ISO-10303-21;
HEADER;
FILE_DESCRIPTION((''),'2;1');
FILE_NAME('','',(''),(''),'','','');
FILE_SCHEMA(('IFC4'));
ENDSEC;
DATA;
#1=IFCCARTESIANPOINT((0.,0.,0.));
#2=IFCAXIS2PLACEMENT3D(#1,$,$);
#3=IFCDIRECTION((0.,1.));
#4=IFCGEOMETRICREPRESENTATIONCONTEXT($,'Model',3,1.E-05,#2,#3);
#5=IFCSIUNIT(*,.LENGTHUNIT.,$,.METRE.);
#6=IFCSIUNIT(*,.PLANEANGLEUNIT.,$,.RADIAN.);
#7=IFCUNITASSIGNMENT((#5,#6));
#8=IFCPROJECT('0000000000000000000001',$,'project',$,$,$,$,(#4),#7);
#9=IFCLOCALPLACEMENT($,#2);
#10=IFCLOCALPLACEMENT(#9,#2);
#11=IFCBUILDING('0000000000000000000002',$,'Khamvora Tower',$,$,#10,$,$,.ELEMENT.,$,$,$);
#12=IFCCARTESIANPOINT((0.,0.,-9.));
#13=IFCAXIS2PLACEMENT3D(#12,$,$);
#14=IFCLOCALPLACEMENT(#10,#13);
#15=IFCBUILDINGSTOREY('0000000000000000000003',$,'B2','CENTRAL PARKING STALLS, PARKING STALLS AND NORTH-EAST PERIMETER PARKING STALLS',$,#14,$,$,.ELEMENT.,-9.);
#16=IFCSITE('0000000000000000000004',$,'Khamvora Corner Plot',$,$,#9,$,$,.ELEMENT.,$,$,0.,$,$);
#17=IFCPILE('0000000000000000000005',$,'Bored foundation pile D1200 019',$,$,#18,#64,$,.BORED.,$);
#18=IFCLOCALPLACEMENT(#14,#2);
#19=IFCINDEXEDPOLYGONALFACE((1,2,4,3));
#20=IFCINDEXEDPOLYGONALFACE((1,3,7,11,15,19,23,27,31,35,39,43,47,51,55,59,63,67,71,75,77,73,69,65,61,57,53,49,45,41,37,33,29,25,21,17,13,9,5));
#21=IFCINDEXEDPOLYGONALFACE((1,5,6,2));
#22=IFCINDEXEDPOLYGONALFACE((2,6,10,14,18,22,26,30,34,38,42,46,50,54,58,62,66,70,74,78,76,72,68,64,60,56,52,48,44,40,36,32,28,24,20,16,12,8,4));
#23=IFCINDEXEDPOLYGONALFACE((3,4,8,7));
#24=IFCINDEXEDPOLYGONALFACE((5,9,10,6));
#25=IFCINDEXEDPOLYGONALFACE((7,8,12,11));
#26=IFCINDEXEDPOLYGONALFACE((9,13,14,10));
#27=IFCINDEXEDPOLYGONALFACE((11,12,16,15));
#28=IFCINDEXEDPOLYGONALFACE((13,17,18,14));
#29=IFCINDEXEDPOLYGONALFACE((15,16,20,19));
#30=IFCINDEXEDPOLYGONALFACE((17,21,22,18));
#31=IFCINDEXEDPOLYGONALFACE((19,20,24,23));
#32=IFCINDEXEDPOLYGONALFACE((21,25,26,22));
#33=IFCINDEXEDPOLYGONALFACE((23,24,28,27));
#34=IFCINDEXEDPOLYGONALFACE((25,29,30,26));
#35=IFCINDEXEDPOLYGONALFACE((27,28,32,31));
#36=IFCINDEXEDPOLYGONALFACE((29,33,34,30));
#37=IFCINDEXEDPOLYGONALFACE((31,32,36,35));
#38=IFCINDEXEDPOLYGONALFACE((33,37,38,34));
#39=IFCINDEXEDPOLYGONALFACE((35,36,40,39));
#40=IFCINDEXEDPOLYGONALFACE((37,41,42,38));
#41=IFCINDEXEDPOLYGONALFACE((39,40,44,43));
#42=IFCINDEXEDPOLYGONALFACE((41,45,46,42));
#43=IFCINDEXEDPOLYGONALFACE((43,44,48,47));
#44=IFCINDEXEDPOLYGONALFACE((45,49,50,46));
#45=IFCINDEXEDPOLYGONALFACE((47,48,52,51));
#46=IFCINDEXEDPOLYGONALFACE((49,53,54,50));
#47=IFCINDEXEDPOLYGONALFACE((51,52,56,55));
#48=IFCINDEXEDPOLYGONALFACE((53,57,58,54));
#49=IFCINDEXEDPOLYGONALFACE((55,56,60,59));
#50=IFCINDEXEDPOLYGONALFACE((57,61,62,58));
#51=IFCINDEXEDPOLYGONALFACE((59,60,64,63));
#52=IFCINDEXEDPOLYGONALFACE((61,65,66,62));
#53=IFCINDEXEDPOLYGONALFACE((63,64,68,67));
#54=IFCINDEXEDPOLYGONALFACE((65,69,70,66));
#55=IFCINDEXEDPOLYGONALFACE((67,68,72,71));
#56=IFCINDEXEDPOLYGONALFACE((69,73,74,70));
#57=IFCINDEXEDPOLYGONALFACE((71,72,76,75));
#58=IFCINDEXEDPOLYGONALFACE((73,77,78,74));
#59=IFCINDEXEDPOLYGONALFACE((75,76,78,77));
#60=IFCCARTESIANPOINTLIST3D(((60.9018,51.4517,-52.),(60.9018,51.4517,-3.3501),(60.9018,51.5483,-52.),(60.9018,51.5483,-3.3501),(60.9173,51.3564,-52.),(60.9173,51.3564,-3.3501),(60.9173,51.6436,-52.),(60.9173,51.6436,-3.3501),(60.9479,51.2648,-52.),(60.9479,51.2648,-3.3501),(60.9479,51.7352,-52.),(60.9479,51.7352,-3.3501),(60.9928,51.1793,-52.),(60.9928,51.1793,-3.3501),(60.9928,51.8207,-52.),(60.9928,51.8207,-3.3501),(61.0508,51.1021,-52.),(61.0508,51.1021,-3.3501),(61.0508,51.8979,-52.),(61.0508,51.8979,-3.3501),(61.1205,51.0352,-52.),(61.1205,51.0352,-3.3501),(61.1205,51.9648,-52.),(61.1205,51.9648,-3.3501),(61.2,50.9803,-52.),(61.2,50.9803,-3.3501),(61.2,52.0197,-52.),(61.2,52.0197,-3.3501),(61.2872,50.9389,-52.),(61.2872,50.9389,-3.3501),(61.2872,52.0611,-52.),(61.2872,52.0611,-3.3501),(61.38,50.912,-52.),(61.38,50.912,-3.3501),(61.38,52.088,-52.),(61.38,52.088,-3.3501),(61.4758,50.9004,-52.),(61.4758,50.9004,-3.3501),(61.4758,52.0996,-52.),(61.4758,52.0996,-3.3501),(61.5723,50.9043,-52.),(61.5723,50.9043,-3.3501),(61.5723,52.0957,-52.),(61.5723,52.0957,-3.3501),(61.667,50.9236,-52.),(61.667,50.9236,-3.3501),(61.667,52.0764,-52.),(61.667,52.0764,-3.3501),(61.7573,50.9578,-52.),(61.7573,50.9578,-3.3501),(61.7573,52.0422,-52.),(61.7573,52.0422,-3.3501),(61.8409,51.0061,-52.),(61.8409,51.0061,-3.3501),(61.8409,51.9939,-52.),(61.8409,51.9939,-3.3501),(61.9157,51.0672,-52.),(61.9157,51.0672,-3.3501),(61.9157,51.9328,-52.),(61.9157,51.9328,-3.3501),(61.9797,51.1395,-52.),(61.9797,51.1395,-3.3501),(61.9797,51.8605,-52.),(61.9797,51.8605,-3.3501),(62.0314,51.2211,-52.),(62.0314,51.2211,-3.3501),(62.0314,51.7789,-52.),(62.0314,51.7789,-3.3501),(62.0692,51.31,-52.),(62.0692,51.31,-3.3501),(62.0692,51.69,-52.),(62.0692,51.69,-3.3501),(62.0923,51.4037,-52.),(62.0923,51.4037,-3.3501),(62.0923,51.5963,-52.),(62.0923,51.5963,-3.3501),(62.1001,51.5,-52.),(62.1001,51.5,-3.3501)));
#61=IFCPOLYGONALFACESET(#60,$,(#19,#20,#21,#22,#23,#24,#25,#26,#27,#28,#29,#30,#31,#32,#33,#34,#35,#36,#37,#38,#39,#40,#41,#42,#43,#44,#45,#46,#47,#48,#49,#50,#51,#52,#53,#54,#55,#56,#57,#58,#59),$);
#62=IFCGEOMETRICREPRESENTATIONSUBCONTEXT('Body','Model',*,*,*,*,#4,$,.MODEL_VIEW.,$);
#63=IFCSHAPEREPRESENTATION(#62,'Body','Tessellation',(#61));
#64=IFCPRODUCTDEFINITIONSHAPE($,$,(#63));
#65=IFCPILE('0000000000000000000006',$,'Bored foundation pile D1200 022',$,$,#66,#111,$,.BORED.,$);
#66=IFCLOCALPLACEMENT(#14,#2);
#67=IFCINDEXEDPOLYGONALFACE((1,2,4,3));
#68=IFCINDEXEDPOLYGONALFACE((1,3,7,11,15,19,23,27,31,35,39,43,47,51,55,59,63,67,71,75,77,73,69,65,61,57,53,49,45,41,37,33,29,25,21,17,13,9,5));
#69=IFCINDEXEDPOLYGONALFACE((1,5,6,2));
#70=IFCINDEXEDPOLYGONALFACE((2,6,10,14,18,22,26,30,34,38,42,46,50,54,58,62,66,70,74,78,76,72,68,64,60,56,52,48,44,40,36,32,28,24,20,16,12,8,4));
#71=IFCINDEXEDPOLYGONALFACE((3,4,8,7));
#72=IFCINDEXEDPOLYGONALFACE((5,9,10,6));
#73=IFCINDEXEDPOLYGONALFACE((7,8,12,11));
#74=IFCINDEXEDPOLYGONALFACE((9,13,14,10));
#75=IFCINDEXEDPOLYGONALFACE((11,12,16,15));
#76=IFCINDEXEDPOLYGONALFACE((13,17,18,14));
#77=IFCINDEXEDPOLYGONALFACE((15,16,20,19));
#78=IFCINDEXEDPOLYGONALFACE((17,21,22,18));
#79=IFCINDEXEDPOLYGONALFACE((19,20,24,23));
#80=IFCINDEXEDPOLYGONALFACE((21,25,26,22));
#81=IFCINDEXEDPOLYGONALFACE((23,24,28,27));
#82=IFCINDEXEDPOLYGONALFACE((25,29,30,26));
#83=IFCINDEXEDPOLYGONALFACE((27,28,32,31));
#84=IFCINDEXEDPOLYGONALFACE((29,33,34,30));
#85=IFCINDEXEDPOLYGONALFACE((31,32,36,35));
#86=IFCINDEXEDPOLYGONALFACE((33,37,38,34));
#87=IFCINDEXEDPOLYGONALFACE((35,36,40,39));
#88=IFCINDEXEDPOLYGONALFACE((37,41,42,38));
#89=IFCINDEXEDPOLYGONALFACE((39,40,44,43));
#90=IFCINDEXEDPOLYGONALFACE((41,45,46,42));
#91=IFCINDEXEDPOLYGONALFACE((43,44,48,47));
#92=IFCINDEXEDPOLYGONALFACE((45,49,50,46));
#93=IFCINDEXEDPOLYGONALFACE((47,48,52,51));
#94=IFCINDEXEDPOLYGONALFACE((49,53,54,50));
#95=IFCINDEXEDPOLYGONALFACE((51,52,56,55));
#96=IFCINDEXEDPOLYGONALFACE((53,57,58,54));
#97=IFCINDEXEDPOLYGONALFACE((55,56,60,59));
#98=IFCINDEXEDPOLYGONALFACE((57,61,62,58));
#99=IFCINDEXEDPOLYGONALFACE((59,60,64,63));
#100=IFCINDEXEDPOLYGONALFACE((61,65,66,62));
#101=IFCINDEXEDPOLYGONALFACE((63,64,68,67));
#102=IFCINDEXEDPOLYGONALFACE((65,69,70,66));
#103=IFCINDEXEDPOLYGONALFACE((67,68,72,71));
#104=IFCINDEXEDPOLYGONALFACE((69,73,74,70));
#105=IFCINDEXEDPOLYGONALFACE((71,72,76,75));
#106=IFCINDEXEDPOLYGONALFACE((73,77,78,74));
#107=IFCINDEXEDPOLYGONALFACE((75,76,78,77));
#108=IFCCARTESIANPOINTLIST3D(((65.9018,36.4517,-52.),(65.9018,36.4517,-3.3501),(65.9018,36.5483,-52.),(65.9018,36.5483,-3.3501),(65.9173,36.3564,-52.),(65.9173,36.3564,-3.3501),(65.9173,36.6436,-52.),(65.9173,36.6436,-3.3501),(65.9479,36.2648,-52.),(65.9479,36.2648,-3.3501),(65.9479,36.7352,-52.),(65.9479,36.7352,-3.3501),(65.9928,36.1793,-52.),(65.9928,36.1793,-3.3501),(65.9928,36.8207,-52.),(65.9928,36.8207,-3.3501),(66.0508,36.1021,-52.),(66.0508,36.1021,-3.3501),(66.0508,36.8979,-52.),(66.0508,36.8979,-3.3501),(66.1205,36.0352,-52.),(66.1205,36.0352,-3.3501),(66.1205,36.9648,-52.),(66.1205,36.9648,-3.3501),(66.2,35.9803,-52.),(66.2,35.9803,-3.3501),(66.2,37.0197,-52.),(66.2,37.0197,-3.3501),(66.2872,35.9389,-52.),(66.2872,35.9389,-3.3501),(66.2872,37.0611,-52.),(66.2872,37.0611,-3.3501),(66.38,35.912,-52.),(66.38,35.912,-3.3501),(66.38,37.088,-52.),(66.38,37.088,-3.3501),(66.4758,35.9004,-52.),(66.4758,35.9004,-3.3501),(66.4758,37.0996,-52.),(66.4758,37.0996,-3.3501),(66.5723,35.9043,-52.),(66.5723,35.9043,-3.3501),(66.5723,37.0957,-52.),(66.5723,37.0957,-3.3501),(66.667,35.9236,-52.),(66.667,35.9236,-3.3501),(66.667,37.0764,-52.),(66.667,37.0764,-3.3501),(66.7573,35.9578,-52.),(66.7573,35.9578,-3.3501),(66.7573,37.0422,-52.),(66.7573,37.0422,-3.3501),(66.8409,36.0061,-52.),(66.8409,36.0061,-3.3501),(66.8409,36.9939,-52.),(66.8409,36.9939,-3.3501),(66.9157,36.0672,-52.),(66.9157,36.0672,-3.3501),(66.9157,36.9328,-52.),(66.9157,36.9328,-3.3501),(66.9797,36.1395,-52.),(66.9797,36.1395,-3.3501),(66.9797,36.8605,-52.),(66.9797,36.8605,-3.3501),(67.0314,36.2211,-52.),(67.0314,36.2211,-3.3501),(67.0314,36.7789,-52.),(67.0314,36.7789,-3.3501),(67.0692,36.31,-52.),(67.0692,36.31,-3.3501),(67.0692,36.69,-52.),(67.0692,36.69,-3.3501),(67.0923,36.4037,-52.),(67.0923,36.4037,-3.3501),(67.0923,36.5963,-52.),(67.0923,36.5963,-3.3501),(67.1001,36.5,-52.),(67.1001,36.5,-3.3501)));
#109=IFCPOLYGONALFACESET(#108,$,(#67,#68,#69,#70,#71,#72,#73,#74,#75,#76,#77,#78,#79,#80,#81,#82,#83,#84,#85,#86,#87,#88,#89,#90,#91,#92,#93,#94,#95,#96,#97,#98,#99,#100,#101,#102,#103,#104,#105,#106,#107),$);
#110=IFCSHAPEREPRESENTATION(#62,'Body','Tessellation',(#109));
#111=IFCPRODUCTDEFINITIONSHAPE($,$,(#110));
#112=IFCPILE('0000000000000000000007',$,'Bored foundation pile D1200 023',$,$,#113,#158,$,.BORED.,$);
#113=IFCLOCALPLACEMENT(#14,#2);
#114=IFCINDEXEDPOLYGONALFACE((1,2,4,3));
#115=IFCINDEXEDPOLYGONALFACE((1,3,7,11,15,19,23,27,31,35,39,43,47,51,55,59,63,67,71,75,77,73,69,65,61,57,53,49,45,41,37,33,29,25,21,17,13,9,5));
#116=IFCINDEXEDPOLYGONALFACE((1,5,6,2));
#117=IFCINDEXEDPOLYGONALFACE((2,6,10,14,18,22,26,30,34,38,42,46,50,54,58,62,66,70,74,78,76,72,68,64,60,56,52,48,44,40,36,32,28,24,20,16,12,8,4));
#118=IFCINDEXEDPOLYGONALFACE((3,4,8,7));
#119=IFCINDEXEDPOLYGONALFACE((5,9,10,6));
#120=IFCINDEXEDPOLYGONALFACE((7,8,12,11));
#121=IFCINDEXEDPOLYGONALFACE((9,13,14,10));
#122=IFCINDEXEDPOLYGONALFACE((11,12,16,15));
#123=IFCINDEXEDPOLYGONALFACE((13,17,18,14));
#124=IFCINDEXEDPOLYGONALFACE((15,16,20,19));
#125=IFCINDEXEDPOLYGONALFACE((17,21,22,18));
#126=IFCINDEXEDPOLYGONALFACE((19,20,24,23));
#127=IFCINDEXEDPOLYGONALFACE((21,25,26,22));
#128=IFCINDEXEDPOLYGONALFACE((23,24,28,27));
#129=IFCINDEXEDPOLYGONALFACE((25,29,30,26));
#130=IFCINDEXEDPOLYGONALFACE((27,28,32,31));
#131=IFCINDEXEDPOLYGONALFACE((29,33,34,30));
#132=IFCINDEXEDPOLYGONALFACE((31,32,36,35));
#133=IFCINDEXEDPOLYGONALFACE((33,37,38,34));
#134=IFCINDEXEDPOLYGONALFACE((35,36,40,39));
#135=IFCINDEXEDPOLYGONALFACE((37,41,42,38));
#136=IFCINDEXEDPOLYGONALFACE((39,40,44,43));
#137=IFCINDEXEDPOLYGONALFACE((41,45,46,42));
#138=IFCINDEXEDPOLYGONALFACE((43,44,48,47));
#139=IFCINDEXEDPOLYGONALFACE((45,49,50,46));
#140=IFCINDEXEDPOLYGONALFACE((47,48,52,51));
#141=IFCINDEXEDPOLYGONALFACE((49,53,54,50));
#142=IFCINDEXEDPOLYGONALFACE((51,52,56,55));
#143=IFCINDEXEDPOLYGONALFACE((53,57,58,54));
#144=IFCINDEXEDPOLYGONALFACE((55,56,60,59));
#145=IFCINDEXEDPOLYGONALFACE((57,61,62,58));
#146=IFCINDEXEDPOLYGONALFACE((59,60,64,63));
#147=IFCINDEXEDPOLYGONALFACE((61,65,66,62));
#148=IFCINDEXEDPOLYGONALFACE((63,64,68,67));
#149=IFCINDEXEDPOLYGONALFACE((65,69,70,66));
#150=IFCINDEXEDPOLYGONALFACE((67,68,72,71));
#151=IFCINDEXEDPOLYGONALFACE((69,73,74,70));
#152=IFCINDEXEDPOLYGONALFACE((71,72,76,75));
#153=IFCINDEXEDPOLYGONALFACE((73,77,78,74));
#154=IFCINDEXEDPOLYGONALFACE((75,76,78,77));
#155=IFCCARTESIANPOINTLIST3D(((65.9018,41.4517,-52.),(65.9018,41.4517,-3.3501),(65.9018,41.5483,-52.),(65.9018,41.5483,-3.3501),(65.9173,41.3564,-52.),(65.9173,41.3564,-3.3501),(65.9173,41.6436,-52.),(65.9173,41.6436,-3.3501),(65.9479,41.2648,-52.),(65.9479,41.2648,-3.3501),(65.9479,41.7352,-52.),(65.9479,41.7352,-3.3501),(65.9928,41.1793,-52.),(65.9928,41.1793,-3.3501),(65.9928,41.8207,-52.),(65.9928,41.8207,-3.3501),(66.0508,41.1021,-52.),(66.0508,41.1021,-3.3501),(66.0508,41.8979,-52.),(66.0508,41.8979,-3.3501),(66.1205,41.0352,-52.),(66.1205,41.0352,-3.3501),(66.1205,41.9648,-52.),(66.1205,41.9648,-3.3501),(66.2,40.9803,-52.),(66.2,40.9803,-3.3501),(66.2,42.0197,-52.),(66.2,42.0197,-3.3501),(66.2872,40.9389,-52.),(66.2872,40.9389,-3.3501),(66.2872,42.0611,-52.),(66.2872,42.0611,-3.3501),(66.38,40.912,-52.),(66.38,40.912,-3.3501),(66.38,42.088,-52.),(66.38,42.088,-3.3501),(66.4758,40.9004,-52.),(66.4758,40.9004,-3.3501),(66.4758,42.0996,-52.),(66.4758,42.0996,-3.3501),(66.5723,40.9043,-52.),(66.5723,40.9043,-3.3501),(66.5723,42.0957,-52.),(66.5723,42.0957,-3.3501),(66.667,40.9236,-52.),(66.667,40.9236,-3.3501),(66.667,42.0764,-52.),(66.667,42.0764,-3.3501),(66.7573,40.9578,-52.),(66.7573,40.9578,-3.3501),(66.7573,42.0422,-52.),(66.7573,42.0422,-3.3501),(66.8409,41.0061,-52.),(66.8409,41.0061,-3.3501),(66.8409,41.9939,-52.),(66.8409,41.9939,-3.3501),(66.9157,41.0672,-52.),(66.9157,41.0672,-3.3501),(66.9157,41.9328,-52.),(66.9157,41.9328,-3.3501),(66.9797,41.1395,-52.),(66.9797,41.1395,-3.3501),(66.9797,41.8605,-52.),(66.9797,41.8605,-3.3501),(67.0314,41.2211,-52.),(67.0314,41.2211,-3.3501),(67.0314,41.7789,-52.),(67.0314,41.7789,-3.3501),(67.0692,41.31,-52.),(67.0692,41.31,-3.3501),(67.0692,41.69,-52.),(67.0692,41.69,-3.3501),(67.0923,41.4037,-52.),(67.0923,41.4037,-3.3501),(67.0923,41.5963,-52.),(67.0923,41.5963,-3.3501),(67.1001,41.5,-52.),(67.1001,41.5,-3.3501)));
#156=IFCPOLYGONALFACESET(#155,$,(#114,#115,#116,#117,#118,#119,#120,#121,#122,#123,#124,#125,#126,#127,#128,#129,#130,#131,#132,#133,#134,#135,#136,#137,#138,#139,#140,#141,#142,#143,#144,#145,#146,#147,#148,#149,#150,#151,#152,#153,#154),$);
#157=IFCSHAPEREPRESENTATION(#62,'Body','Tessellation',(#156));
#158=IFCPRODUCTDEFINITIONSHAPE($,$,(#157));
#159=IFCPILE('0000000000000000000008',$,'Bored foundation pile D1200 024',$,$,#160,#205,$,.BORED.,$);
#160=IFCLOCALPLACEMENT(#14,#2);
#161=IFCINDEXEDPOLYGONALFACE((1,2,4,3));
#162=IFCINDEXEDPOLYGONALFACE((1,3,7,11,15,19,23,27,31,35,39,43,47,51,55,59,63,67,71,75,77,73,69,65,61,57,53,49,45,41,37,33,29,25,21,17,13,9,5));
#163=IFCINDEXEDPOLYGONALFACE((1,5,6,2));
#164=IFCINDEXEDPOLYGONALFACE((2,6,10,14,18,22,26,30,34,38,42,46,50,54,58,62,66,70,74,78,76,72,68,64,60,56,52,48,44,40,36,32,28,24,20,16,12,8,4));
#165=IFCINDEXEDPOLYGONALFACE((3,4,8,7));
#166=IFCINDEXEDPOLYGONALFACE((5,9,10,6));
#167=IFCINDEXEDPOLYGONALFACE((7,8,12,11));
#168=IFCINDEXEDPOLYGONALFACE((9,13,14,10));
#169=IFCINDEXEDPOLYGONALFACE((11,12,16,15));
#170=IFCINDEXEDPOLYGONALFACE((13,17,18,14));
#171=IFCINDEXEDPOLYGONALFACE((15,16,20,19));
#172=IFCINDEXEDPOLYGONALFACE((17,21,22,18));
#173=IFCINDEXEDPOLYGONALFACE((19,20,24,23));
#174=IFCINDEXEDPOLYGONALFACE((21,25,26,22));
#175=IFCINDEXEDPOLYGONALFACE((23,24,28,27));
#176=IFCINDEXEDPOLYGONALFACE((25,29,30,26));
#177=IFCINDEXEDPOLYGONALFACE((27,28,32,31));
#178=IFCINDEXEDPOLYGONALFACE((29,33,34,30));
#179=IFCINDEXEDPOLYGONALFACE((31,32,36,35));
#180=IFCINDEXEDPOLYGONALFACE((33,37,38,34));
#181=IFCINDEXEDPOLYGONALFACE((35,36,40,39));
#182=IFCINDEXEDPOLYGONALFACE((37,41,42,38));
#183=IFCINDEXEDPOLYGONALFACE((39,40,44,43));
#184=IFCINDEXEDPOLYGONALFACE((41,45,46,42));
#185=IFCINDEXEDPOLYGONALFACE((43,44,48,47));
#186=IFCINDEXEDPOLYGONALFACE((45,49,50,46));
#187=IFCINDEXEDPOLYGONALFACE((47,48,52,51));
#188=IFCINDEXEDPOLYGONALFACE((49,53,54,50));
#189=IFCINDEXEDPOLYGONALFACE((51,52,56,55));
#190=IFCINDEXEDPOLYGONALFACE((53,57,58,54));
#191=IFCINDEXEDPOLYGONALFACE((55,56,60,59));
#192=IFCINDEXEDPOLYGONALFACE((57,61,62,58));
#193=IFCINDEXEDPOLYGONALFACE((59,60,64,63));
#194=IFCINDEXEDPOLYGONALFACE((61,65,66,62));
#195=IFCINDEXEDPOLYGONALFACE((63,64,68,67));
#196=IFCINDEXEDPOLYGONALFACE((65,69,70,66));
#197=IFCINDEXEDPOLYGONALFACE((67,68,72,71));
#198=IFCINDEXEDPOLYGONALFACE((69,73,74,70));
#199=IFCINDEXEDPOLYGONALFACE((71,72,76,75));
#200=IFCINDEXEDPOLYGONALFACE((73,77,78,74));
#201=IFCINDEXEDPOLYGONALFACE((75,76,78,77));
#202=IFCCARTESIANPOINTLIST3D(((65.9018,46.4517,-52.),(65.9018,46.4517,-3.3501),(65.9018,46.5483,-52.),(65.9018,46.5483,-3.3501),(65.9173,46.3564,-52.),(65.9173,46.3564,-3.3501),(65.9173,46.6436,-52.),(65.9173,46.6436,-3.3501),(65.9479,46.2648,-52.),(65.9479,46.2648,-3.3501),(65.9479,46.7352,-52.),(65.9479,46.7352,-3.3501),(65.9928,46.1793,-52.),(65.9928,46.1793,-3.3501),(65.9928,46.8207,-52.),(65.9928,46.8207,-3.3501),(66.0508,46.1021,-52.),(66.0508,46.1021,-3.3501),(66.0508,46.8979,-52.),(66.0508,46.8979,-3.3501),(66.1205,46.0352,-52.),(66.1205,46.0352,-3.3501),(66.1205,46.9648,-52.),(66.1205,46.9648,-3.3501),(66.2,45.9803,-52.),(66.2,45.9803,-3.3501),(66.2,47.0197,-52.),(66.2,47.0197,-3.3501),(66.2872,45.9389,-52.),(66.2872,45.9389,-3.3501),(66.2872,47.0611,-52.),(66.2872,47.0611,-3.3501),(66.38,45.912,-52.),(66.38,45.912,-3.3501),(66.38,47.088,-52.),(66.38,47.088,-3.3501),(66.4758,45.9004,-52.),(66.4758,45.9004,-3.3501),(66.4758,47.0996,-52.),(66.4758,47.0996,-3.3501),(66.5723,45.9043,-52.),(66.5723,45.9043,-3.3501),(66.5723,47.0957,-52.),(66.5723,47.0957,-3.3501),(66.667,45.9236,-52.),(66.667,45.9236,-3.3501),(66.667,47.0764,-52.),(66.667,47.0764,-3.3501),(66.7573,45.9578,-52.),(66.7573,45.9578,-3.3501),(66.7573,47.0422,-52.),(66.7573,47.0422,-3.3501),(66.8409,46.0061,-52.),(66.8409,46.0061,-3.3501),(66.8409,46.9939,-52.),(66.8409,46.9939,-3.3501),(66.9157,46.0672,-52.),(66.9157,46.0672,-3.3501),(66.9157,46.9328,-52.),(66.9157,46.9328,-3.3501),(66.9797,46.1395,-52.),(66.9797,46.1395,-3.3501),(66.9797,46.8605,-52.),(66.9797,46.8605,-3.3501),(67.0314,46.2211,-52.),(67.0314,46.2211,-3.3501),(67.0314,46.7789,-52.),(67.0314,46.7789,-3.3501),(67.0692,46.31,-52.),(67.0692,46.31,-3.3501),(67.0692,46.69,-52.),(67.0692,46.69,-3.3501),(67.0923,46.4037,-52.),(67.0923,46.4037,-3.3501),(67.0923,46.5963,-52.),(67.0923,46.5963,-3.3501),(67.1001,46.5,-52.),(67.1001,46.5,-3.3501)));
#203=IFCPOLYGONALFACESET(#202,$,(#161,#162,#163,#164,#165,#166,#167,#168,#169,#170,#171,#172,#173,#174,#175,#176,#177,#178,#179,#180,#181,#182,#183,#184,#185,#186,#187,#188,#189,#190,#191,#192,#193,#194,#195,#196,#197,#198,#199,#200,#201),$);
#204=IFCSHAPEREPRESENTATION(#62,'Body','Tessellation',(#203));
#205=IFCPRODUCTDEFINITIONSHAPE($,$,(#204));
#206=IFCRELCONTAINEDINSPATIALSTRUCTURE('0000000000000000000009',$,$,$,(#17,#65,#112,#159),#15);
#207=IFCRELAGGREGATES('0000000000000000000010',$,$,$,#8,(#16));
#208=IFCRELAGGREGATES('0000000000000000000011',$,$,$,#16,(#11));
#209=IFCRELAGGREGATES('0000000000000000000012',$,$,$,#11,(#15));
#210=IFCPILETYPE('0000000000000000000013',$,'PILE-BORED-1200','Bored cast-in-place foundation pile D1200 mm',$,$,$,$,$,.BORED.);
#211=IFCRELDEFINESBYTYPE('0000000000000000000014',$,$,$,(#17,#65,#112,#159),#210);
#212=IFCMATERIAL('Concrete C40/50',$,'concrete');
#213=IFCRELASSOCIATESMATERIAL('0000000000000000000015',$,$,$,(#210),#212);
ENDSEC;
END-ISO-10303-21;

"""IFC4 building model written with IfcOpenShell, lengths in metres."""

from ifc_helpers import new_model, si_unit, direction, frame, origin, origin_2d, place, context, subcontext, project, spatial, circle, extrude, material, material_profile, profile_set, type_object, element, save


model = new_model("IFC4")

# Units and contexts
model_context = context("Model", 3, precision=1e-05, world=origin(), true_north=direction((0.0, 1.0)))
body_context = subcontext(model_context, "Body", "Model", "MODEL_VIEW")
ifc_project = project(units=[si_unit("LENGTHUNIT", "METRE"), si_unit("PLANEANGLEUNIT", "RADIAN")], contexts=[model_context])

# Site, building, storey
site_placement = place(None, origin())
site = spatial("IfcSite", under=ifc_project, at=site_placement, Name="Khamvora Corner Plot", CompositionType="ELEMENT", RefElevation=0.0)
building_placement = place(site_placement, origin())
building = spatial("IfcBuilding", under=site, at=building_placement, Name="Khamvora Tower", CompositionType="ELEMENT")
storey_placement = place(building_placement, frame((0.0, 0.0, -9.0)))
storey = spatial("IfcBuildingStorey", under=building, at=storey_placement, Name="B2", Description="CENTRAL PARKING STALLS, PARKING STALLS AND NORTH-EAST PERIMETER PARKING STALLS", CompositionType="ELEMENT", Elevation=-9.0)

# Piles
ifc_material_1 = material(Name="Concrete C40/50", Category="concrete")
ifc_material_profile_1 = material_profile(ifc_material_1, circle(Radius=0.6001, at=origin_2d()), Name="PILE_D1200")
ifc_profile_set_1 = profile_set([ifc_material_profile_1], Name="Concrete C40/50")
pile_type_1 = type_object("IfcPileType", Name="PILE-BORED-1200", Description="Bored cast-in-place foundation pile D1200 mm", PredefinedType="BORED", material=ifc_profile_set_1)
for number, where, z_axis, x_axis, name in (
    (1, (61.5, 51.5, -3.3501), (0.0, 0.0, -1.0), (1.0, 0.0, 0.0), "Bored foundation pile D1200 019"),
    (2, (66.5, 36.5, -3.3501), (0.0, 0.0, -1.0), (1.0, 0.0, 0.0), "Bored foundation pile D1200 022"),
    (3, (66.5, 41.5, -3.3501), (0.0, 0.0, -1.0), (1.0, 0.0, 0.0), "Bored foundation pile D1200 023"),
    (4, (66.5, 46.5, -3.3501), (0.0, 0.0, -1.0), (1.0, 0.0, 0.0), "Bored foundation pile D1200 024"),
):
    element("IfcPile", number, at=place(storey_placement, frame(where, z_axis=z_axis, x_axis=x_axis)), inside=storey, type_object=pile_type_1, Name=name, PredefinedType="BORED", context=body_context, shape_type="SweptSolid", body=[
        extrude(circle(Radius=0.6001, at=origin_2d()), origin(), (0.0, 0.0, 1.0), 48.6499),
    ])

save(model, "model.ifc")
